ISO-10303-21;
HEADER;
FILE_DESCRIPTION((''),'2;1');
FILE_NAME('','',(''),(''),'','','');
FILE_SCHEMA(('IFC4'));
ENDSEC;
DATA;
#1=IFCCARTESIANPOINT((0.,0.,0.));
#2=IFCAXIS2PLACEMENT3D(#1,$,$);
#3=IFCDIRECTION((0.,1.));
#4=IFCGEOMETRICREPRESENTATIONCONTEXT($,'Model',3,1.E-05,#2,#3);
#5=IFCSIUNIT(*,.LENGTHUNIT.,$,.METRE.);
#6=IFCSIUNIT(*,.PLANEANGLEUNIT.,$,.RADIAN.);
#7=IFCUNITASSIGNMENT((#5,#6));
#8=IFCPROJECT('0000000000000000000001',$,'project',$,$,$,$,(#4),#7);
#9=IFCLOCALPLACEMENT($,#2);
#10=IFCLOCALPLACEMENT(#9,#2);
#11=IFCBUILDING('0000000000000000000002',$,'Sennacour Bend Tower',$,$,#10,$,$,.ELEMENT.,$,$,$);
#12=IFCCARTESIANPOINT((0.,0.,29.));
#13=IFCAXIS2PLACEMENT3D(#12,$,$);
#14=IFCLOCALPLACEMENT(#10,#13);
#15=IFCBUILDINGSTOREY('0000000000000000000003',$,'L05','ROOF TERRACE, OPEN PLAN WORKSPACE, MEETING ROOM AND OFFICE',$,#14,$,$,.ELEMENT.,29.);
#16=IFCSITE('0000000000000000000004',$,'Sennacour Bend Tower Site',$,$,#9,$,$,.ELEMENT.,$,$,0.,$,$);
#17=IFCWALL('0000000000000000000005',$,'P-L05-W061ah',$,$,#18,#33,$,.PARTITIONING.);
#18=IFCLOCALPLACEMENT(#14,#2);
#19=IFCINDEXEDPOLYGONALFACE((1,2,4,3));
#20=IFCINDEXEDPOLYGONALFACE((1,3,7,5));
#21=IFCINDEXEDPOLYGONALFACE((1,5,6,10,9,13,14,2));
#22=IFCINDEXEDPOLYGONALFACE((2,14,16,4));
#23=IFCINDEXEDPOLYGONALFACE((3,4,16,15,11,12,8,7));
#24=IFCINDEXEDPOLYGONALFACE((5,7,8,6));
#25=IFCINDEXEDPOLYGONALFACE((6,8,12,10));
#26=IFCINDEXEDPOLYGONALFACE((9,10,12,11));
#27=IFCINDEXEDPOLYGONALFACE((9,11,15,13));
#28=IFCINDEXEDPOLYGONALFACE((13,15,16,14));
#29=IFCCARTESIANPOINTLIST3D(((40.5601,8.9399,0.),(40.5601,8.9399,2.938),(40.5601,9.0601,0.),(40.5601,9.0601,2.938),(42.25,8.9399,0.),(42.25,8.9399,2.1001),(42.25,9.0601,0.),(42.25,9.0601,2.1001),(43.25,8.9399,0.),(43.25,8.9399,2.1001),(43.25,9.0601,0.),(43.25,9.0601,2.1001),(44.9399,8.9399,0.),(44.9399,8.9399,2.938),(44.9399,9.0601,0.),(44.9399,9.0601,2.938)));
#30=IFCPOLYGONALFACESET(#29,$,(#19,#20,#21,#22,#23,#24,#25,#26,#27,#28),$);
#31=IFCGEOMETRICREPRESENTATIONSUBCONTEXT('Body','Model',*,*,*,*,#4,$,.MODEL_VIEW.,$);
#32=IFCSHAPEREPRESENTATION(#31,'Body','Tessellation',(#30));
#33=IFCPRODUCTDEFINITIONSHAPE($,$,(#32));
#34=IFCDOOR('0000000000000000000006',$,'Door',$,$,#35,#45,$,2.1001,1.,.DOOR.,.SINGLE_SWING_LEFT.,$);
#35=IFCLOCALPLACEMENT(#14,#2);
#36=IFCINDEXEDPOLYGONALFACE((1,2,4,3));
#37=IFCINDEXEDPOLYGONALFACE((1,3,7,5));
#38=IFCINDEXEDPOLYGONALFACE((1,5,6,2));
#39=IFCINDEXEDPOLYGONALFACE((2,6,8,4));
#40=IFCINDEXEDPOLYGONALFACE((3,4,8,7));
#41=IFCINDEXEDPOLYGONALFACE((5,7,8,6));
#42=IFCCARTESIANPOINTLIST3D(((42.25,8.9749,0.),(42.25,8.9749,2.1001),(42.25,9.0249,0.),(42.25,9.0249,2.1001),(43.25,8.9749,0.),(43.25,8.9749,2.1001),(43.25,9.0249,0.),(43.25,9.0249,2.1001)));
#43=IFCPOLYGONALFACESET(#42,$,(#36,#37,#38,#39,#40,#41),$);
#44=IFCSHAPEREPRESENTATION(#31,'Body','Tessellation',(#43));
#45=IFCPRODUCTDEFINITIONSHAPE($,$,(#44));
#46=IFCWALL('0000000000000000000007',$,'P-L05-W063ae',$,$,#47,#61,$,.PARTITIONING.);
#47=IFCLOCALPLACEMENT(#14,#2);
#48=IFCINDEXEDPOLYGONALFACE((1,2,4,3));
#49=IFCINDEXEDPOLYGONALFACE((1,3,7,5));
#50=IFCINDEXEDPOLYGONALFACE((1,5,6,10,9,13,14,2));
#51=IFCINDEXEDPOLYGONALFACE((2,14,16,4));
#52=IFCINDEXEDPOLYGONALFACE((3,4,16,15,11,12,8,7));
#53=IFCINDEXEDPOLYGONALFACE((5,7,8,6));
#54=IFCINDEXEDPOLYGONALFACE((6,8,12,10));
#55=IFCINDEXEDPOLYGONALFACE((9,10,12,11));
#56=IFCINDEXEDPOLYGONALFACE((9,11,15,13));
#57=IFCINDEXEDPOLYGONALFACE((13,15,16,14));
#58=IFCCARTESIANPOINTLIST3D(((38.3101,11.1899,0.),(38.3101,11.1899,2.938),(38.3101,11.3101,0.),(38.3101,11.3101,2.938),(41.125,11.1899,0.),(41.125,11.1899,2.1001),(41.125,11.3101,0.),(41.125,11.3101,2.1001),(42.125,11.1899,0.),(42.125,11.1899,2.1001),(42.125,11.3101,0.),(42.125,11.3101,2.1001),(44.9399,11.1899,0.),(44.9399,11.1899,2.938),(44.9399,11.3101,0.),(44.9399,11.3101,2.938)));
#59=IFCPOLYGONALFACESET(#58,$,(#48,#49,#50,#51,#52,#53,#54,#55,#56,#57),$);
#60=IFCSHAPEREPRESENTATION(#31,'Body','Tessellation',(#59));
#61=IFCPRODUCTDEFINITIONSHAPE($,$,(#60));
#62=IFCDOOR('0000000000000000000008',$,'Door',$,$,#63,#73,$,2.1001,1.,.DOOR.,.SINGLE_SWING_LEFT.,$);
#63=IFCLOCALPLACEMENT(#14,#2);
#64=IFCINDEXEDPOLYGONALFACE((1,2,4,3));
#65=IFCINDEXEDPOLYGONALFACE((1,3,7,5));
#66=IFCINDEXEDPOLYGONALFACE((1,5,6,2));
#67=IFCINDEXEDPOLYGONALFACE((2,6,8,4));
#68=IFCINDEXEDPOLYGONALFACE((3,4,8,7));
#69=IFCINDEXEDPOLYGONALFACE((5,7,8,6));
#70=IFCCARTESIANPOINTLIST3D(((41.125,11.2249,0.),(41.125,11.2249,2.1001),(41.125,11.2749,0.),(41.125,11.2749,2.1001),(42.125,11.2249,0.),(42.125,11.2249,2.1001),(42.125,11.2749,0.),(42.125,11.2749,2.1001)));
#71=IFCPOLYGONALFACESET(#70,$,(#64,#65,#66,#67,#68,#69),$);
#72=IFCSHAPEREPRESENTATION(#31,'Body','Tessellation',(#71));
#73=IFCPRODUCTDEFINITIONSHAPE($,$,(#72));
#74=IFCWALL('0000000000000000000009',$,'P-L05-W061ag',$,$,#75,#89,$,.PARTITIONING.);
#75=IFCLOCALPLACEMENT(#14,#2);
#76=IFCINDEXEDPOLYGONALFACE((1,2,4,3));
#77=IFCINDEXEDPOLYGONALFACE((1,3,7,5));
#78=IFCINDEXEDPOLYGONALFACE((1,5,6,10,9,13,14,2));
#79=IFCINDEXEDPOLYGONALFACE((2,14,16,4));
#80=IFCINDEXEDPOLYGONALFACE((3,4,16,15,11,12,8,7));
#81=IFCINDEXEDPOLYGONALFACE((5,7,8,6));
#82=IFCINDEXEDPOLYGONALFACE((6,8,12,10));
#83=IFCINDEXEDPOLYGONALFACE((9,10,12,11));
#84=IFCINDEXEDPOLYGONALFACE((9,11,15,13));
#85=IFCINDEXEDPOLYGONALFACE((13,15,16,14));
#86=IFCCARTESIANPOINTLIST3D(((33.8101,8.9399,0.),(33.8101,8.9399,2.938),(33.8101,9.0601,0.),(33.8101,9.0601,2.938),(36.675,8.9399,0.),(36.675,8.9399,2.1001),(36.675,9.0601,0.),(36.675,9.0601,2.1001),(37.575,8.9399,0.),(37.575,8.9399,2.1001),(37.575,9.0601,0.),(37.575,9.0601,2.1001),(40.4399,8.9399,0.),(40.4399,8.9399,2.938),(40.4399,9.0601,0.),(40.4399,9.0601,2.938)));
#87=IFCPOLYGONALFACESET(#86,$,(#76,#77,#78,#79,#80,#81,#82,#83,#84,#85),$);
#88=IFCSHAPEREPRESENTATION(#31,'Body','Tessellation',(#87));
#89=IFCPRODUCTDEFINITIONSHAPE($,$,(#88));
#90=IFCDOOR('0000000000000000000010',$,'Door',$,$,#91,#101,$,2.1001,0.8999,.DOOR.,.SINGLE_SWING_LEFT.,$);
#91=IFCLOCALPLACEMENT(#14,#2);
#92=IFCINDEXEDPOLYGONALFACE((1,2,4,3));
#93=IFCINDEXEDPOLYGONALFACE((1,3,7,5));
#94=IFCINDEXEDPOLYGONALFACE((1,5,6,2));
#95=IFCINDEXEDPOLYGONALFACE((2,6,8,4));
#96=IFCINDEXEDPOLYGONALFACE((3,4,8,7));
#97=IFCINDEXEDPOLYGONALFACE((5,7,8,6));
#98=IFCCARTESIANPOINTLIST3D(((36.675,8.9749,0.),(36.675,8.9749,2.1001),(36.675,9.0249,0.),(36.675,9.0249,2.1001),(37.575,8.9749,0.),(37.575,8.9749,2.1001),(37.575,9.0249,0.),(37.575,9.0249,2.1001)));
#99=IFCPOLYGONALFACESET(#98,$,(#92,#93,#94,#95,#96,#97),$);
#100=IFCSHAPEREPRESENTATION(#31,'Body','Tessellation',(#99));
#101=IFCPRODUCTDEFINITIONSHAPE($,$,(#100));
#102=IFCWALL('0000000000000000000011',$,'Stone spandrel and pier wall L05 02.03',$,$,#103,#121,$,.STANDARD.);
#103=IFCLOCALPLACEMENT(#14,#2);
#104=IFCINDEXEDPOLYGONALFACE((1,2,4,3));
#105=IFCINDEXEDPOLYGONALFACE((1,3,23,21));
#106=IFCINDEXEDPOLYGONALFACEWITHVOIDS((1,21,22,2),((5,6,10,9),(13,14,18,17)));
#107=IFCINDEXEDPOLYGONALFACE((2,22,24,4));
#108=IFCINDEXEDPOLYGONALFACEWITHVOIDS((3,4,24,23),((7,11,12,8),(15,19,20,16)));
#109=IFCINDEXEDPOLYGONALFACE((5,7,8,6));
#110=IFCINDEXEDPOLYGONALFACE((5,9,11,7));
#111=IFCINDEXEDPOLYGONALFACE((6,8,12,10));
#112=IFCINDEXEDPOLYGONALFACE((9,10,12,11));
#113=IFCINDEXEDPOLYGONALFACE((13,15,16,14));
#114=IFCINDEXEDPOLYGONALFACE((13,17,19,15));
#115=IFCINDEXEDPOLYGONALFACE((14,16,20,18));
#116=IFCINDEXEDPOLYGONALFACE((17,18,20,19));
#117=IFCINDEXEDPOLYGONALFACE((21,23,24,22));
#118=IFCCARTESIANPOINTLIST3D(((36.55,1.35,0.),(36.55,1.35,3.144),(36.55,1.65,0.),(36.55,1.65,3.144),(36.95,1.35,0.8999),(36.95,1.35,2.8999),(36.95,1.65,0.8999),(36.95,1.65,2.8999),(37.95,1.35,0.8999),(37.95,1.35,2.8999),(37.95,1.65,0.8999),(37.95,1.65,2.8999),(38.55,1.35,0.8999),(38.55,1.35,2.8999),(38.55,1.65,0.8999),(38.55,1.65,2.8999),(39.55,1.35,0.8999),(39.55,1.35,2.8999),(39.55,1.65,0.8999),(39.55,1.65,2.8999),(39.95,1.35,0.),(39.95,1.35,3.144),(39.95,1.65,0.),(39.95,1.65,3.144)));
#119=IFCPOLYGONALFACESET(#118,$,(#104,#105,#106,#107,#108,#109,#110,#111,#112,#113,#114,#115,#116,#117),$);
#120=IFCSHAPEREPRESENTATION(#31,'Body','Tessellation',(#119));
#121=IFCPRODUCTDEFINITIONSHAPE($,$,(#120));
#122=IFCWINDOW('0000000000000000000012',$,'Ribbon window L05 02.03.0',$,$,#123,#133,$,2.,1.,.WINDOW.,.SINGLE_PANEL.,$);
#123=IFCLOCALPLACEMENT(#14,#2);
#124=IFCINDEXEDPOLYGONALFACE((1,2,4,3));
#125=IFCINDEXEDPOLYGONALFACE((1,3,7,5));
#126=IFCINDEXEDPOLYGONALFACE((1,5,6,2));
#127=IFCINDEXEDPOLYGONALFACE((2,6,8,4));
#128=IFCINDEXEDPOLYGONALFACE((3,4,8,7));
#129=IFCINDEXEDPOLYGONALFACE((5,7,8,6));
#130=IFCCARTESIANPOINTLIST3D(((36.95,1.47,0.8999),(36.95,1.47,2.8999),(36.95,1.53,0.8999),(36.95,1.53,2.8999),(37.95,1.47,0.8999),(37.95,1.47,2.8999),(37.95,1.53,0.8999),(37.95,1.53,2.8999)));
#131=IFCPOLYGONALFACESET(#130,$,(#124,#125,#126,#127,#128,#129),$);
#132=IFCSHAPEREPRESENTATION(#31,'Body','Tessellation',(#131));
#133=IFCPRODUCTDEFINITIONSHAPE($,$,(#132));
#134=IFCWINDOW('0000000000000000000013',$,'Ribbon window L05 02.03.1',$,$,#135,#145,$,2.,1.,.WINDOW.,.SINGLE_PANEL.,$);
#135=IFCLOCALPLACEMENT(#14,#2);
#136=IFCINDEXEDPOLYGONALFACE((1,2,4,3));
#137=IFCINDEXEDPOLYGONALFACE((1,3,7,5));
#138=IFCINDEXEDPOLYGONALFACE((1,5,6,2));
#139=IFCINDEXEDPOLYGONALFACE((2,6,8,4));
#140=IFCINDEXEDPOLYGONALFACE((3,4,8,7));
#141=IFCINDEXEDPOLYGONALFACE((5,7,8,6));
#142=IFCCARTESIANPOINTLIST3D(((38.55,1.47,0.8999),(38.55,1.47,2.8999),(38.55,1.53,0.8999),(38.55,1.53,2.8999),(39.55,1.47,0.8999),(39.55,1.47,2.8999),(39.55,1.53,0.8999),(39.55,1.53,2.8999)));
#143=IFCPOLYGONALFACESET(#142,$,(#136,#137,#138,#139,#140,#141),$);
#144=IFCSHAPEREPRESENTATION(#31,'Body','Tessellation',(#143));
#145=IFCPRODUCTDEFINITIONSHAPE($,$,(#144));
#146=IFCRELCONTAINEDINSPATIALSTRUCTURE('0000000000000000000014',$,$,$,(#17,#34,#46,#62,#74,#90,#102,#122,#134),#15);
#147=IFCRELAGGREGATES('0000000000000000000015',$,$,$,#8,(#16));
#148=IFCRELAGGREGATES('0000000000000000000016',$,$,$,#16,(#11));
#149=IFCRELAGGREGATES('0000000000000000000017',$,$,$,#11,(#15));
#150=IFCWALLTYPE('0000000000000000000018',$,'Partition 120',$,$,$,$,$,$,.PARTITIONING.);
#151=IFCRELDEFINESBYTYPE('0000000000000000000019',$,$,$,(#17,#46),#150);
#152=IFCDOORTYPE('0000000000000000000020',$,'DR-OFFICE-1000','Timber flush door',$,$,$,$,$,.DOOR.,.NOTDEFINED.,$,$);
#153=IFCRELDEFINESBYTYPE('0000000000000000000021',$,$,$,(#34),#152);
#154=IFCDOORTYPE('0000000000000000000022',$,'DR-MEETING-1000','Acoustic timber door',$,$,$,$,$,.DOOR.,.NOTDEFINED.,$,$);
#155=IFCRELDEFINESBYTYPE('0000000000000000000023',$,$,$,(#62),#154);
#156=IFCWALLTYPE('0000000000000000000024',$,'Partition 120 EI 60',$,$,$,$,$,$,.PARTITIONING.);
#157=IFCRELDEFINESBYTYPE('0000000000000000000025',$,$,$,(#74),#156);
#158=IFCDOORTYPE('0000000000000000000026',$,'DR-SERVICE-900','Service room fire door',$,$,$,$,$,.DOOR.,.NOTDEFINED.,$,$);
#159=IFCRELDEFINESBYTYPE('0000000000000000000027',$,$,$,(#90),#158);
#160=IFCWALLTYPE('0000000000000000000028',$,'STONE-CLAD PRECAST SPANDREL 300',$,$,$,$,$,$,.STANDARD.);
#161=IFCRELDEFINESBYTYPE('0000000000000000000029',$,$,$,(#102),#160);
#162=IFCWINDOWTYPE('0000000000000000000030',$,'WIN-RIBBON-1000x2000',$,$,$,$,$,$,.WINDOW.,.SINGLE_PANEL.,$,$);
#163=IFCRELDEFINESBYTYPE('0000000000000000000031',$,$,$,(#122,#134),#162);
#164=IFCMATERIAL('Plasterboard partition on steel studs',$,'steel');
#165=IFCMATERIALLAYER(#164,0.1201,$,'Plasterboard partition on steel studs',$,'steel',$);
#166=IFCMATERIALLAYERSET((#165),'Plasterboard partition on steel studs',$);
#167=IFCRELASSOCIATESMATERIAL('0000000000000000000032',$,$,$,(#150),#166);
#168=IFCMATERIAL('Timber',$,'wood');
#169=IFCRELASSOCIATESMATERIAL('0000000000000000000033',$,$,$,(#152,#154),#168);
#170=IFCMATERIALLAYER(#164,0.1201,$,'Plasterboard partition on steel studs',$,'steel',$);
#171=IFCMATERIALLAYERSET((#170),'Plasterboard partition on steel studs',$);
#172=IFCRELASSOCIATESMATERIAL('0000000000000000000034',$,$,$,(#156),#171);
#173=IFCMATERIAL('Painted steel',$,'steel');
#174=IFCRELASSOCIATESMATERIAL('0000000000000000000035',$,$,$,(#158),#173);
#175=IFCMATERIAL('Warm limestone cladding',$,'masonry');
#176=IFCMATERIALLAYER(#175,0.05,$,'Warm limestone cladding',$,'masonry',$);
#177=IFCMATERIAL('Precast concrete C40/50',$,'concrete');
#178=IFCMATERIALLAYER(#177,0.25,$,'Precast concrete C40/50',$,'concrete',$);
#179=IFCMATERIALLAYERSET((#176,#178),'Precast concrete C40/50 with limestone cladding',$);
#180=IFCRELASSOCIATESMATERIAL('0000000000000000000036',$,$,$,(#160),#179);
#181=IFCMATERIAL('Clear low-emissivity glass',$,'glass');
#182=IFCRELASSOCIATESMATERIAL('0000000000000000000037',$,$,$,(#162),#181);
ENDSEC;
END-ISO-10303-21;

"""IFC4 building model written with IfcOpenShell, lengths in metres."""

from ifc_helpers import new_model, si_unit, direction, frame, frame_2d, origin, place, context, subcontext, project, spatial, rectangle, extrude, material, layer, layer_set, type_object, element, fill, save


model = new_model("IFC4")

# Units and contexts
model_context = context("Model", 3, precision=1e-05, world=origin(), true_north=direction((0.0, 1.0)))
body_context = subcontext(model_context, "Body", "Model", "MODEL_VIEW")
ifc_project = project(units=[si_unit("LENGTHUNIT", "METRE"), si_unit("PLANEANGLEUNIT", "RADIAN")], contexts=[model_context])

# Site, building, storey
site_placement = place(None, origin())
site = spatial("IfcSite", under=ifc_project, at=site_placement, Name="Sennacour Bend Tower Site", CompositionType="ELEMENT", RefElevation=0.0)
building_placement = place(site_placement, origin())
building = spatial("IfcBuilding", under=site, at=building_placement, Name="Sennacour Bend Tower", CompositionType="ELEMENT")
storey_placement = place(building_placement, frame((0.0, 0.0, 29.0)))
storey = spatial("IfcBuildingStorey", under=building, at=storey_placement, Name="L05", Description="ROOF TERRACE, OPEN PLAN WORKSPACE, MEETING ROOM AND OFFICE", CompositionType="ELEMENT", Elevation=29.0)

# Shared definitions
ifc_material_1 = material(Name="Plasterboard partition on steel studs", Category="steel")
ifc_layer_1 = layer(ifc_material_1, 0.1201, Name="Plasterboard partition on steel studs", Category="steel")
ifc_layer_set_1 = layer_set([ifc_layer_1], Name="Plasterboard partition on steel studs")
wall_type_1 = type_object("IfcWallType", Name="Partition 120", PredefinedType="PARTITIONING", material=ifc_layer_set_1)

# Walls, openings, doors
wall_1_placement = place(storey_placement, frame((40.5601, 9.0, 0.0), z_axis=(0.0, 0.0, 1.0), x_axis=(1.0, 0.0, 0.0)))
wall_1 = element("IfcWall", 1, at=wall_1_placement, inside=storey, type_object=wall_type_1, Name="P-L05-W061ah", PredefinedType="PARTITIONING", context=body_context, shape_type="SweptSolid", body=[
    extrude(rectangle(XDim=4.3799, YDim=0.1201, at=frame_2d((2.1899, 0.0))), origin(), (0.0, 0.0, 1.0), 2.938),
])
opening_1_placement = place(wall_1_placement, frame((1.6899, 0.0, 0.0)))
opening_1 = element("IfcOpeningElement", 2, at=opening_1_placement, cuts=wall_1, PredefinedType="OPENING", context=body_context, shape_type="SweptSolid", body=[
    extrude(rectangle(XDim=1.0, YDim=2.1001, at=frame_2d((0.5, 1.05))), frame((0.0, 0.0701, 0.0), z_axis=(0.0, -1.0, 0.0), x_axis=(1.0, 0.0, 0.0)), (0.0, 0.0, 1.0), 0.1401),
])
ifc_material_2 = material(Name="Timber", Category="wood")
door_type_1 = type_object("IfcDoorType", Name="DR-OFFICE-1000", Description="Timber flush door", OperationType="NOTDEFINED", PredefinedType="DOOR", material=ifc_material_2)
door_1_placement = place(opening_1_placement, origin())
door_1 = element("IfcDoor", 3, at=door_1_placement, inside=storey, type_object=door_type_1, Name="Door", OperationType="SINGLE_SWING_LEFT", OverallHeight=2.1001, OverallWidth=1.0, PredefinedType="DOOR", context=body_context, shape_type="SweptSolid", body=[
    extrude(rectangle(XDim=1.0, YDim=2.1001, at=frame_2d((0.5, 1.05))), frame((0.0, 0.0249, 0.0), z_axis=(0.0, -1.0, 0.0), x_axis=(1.0, 0.0, 0.0)), (0.0, 0.0, 1.0), 0.05),
])
fill(opening_1, door_1)
wall_2_placement = place(storey_placement, frame((38.3101, 11.25, 0.0), z_axis=(0.0, 0.0, 1.0), x_axis=(1.0, 0.0, 0.0)))
wall_2 = element("IfcWall", 4, at=wall_2_placement, inside=storey, type_object=wall_type_1, Name="P-L05-W063ae", PredefinedType="PARTITIONING", context=body_context, shape_type="SweptSolid", body=[
    extrude(rectangle(XDim=6.6299, YDim=0.1201, at=frame_2d((3.3149, 0.0))), origin(), (0.0, 0.0, 1.0), 2.938),
])
opening_2_placement = place(wall_2_placement, frame((2.8149, 0.0, 0.0)))
opening_2 = element("IfcOpeningElement", 5, at=opening_2_placement, cuts=wall_2, PredefinedType="OPENING", context=body_context, shape_type="SweptSolid", body=[
    extrude(rectangle(XDim=1.0, YDim=2.1001, at=frame_2d((0.5, 1.05))), frame((0.0, 0.0701, 0.0), z_axis=(0.0, -1.0, 0.0), x_axis=(1.0, 0.0, 0.0)), (0.0, 0.0, 1.0), 0.1401),
])
door_type_2 = type_object("IfcDoorType", Name="DR-MEETING-1000", Description="Acoustic timber door", OperationType="NOTDEFINED", PredefinedType="DOOR", material=ifc_material_2)
door_2_placement = place(opening_2_placement, origin())
door_2 = element("IfcDoor", 6, at=door_2_placement, inside=storey, type_object=door_type_2, Name="Door", OperationType="SINGLE_SWING_LEFT", OverallHeight=2.1001, OverallWidth=1.0, PredefinedType="DOOR", context=body_context, shape_type="SweptSolid", body=[
    extrude(rectangle(XDim=1.0, YDim=2.1001, at=frame_2d((0.5, 1.05))), frame((0.0, 0.0249, 0.0), z_axis=(0.0, -1.0, 0.0), x_axis=(1.0, 0.0, 0.0)), (0.0, 0.0, 1.0), 0.05),
])
fill(opening_2, door_2)
ifc_layer_2 = layer(ifc_material_1, 0.1201, Name="Plasterboard partition on steel studs", Category="steel")
ifc_layer_set_2 = layer_set([ifc_layer_2], Name="Plasterboard partition on steel studs")
wall_type_2 = type_object("IfcWallType", Name="Partition 120 EI 60", PredefinedType="PARTITIONING", material=ifc_layer_set_2)
wall_3_placement = place(storey_placement, frame((33.8101, 9.0, 0.0), z_axis=(0.0, 0.0, 1.0), x_axis=(1.0, 0.0, 0.0)))
wall_3 = element("IfcWall", 7, at=wall_3_placement, inside=storey, type_object=wall_type_2, Name="P-L05-W061ag", PredefinedType="PARTITIONING", context=body_context, shape_type="SweptSolid", body=[
    extrude(rectangle(XDim=6.6299, YDim=0.1201, at=frame_2d((3.3149, 0.0))), origin(), (0.0, 0.0, 1.0), 2.938),
])
opening_3_placement = place(wall_3_placement, frame((2.865, 0.0, 0.0)))
opening_3 = element("IfcOpeningElement", 8, at=opening_3_placement, cuts=wall_3, PredefinedType="OPENING", context=body_context, shape_type="SweptSolid", body=[
    extrude(rectangle(XDim=0.8999, YDim=2.1001, at=frame_2d((0.45, 1.05))), frame((0.0, 0.0701, 0.0), z_axis=(0.0, -1.0, 0.0), x_axis=(1.0, 0.0, 0.0)), (0.0, 0.0, 1.0), 0.1401),
])
ifc_material_3 = material(Name="Painted steel", Category="steel")
door_type_3 = type_object("IfcDoorType", Name="DR-SERVICE-900", Description="Service room fire door", OperationType="NOTDEFINED", PredefinedType="DOOR", material=ifc_material_3)
door_3_placement = place(opening_3_placement, origin())
door_3 = element("IfcDoor", 9, at=door_3_placement, inside=storey, type_object=door_type_3, Name="Door", OperationType="SINGLE_SWING_LEFT", OverallHeight=2.1001, OverallWidth=0.8999, PredefinedType="DOOR", context=body_context, shape_type="SweptSolid", body=[
    extrude(rectangle(XDim=0.8999, YDim=2.1001, at=frame_2d((0.45, 1.05))), frame((0.0, 0.0249, 0.0), z_axis=(0.0, -1.0, 0.0), x_axis=(1.0, 0.0, 0.0)), (0.0, 0.0, 1.0), 0.05),
])
fill(opening_3, door_3)

# Wall, openings, windows
ifc_material_4 = material(Name="Warm limestone cladding", Category="masonry")
ifc_layer_3 = layer(ifc_material_4, 0.05, Name="Warm limestone cladding", Category="masonry")
ifc_material_5 = material(Name="Precast concrete C40/50", Category="concrete")
ifc_layer_4 = layer(ifc_material_5, 0.25, Name="Precast concrete C40/50", Category="concrete")
ifc_layer_set_3 = layer_set([ifc_layer_3, ifc_layer_4], Name="Precast concrete C40/50 with limestone cladding")
wall_type_3 = type_object("IfcWallType", Name="STONE-CLAD PRECAST SPANDREL 300", PredefinedType="STANDARD", material=ifc_layer_set_3)
wall_4_placement = place(storey_placement, frame((36.55, 1.5, 0.0), z_axis=(0.0, 0.0, 1.0), x_axis=(1.0, 0.0, 0.0)))
wall_4 = element("IfcWall", 10, at=wall_4_placement, inside=storey, type_object=wall_type_3, Name="Stone spandrel and pier wall L05 02.03", PredefinedType="STANDARD", context=body_context, shape_type="SweptSolid", body=[
    extrude(rectangle(XDim=3.3999, YDim=0.3, at=frame_2d((1.7, 0.0))), origin(), (0.0, 0.0, 1.0), 3.144),
])
opening_4_placement = place(wall_4_placement, frame((0.3999, 0.0, 0.8999)))
opening_4 = element("IfcOpeningElement", 11, at=opening_4_placement, cuts=wall_4, PredefinedType="OPENING", context=body_context, shape_type="SweptSolid", body=[
    extrude(rectangle(XDim=1.0, YDim=2.0, at=frame_2d((0.5, 1.0))), frame((0.0, 0.1602, 0.0), z_axis=(0.0, -1.0, 0.0), x_axis=(1.0, 0.0, 0.0)), (0.0, 0.0, 1.0), 0.3201),
])
opening_5_placement = place(wall_4_placement, frame((2.0, 0.0, 0.8999)))
opening_5 = element("IfcOpeningElement", 12, at=opening_5_placement, cuts=wall_4, PredefinedType="OPENING", context=body_context, shape_type="SweptSolid", body=[
    extrude(rectangle(XDim=1.0, YDim=2.0, at=frame_2d((0.5, 1.0))), frame((0.0, 0.1602, 0.0), z_axis=(0.0, -1.0, 0.0), x_axis=(1.0, 0.0, 0.0)), (0.0, 0.0, 1.0), 0.3201),
])
ifc_material_6 = material(Name="Clear low-emissivity glass", Category="glass")
window_type = type_object("IfcWindowType", Name="WIN-RIBBON-1000x2000", PartitioningType="SINGLE_PANEL", PredefinedType="WINDOW", material=ifc_material_6)
window_1_placement = place(opening_4_placement, origin())
window_1 = element("IfcWindow", 13, at=window_1_placement, inside=storey, type_object=window_type, Name="Ribbon window L05 02.03.0", OverallHeight=2.0, OverallWidth=1.0, PartitioningType="SINGLE_PANEL", PredefinedType="WINDOW", context=body_context, shape_type="SweptSolid", body=[
    extrude(rectangle(XDim=1.0, YDim=2.0, at=frame_2d((0.5, 1.0))), frame((0.0, 0.03, 0.0), z_axis=(0.0, -1.0, 0.0), x_axis=(1.0, 0.0, 0.0)), (0.0, 0.0, 1.0), 0.0601),
])
fill(opening_4, window_1)
window_2_placement = place(opening_5_placement, origin())
window_2 = element("IfcWindow", 14, at=window_2_placement, inside=storey, type_object=window_type, Name="Ribbon window L05 02.03.1", OverallHeight=2.0, OverallWidth=1.0, PartitioningType="SINGLE_PANEL", PredefinedType="WINDOW", context=body_context, shape_type="SweptSolid", body=[
    extrude(rectangle(XDim=1.0, YDim=2.0, at=frame_2d((0.5, 1.0))), frame((0.0, 0.03, 0.0), z_axis=(0.0, -1.0, 0.0), x_axis=(1.0, 0.0, 0.0)), (0.0, 0.0, 1.0), 0.0601),
])
fill(opening_5, window_2)

save(model, "model.ifc")
